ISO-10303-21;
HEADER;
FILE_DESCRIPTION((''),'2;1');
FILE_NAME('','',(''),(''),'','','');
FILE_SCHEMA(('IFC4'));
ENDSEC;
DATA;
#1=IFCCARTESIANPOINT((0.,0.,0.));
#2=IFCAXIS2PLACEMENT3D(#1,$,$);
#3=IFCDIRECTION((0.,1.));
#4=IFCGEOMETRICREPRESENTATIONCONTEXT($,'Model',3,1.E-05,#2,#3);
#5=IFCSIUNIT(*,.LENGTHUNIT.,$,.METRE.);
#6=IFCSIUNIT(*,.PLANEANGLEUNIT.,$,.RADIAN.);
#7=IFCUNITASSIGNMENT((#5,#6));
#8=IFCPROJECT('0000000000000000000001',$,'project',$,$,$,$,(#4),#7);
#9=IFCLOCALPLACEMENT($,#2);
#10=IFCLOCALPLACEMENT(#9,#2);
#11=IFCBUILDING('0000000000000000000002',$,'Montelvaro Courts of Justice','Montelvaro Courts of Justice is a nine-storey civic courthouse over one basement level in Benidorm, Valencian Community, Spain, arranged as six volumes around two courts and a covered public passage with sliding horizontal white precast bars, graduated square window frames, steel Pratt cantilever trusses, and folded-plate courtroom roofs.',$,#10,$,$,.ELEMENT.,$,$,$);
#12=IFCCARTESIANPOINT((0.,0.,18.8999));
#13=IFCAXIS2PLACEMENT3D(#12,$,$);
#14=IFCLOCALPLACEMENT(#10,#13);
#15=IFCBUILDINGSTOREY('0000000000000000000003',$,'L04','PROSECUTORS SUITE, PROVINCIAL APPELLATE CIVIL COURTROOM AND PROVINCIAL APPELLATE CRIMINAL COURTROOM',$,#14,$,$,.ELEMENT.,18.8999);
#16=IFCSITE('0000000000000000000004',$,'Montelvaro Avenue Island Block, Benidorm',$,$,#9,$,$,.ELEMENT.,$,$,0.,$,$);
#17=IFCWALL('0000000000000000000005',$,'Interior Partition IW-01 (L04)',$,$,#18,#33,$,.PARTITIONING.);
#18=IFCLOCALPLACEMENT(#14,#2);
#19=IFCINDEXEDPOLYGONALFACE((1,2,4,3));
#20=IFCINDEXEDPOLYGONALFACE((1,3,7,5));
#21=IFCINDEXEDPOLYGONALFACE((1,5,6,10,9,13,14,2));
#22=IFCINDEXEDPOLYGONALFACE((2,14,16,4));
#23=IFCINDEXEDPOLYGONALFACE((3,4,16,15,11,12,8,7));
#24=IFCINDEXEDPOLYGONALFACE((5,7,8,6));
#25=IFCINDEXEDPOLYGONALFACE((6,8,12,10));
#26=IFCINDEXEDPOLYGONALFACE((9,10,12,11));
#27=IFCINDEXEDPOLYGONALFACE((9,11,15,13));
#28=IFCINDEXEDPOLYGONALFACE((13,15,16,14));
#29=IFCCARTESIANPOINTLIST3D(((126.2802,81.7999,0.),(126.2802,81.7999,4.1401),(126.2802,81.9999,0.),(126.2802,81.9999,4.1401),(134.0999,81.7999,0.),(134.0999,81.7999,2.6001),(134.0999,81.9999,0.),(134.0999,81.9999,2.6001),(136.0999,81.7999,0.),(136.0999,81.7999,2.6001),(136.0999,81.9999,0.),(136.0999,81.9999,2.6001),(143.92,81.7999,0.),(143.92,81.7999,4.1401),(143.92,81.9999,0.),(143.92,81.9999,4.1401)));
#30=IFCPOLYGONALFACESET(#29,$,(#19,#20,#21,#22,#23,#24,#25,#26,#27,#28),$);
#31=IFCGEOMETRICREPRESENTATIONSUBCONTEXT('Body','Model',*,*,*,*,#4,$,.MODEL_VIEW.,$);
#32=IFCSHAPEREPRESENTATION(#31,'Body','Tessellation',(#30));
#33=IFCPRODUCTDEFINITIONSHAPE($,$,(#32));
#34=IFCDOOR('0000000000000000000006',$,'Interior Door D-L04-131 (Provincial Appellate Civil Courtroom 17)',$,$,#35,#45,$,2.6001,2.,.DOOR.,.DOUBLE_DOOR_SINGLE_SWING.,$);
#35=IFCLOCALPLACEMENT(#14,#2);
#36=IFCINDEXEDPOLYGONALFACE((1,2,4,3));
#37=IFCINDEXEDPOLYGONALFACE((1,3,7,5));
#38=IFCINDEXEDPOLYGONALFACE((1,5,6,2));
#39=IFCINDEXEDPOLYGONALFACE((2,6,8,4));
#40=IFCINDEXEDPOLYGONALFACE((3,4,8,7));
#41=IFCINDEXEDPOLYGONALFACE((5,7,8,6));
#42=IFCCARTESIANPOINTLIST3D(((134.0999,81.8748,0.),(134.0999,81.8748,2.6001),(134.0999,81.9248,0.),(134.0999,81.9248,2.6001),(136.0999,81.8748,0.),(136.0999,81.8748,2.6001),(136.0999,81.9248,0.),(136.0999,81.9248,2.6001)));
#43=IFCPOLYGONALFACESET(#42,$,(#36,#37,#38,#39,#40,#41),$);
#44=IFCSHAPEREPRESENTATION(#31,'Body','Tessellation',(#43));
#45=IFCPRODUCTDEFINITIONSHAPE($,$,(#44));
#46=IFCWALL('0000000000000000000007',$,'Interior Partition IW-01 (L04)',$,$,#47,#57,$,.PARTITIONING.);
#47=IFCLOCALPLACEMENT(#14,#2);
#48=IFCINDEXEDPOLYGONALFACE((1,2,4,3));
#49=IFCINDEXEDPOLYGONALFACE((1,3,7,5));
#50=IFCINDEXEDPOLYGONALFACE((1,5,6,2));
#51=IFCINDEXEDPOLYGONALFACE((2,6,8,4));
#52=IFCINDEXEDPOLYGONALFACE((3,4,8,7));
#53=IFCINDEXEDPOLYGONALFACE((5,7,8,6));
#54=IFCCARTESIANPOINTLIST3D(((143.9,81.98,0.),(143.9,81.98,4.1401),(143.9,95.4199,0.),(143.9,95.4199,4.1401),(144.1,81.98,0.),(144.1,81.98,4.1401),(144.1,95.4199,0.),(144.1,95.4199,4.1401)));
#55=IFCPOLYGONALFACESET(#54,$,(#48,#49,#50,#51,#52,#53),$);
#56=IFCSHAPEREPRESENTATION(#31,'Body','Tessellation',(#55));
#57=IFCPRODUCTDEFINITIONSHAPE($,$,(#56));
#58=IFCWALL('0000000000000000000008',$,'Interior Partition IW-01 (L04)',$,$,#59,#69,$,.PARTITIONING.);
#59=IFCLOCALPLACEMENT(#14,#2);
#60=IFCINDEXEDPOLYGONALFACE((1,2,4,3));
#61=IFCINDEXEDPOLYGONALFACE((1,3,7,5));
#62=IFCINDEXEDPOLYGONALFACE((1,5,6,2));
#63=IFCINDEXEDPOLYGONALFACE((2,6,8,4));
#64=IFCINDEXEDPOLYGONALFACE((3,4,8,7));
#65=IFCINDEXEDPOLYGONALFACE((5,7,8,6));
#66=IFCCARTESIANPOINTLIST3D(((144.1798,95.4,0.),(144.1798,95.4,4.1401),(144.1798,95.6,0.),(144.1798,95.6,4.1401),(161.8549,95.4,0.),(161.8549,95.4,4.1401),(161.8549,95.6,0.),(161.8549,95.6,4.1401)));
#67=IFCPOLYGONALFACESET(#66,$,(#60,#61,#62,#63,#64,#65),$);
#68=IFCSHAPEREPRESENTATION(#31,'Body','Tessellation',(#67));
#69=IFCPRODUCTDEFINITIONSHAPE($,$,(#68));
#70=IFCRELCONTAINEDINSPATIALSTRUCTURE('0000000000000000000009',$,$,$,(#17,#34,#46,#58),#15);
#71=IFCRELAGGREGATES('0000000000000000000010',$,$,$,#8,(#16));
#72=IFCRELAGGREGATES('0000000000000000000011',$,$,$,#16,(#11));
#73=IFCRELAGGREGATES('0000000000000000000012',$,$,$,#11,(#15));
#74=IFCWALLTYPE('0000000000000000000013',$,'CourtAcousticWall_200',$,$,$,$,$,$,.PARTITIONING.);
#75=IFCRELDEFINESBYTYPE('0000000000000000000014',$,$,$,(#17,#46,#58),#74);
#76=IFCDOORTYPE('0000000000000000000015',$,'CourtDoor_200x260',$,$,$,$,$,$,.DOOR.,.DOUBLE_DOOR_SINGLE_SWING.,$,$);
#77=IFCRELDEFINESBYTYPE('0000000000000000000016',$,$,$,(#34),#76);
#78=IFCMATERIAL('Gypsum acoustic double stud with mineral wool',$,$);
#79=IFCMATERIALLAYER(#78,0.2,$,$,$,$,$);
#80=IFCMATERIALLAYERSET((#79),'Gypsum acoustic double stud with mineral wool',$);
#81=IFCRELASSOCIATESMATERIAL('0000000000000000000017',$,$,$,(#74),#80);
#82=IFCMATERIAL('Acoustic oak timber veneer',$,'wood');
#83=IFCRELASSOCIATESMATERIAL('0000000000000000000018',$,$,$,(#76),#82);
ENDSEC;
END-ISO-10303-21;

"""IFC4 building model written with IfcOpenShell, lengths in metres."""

from ifc_helpers import new_model, si_unit, direction, frame, frame_2d, origin, place, context, subcontext, project, spatial, rectangle, extrude, material, layer, layer_set, type_object, element, fill, save


model = new_model("IFC4")

# Units and contexts
model_context = context("Model", 3, precision=1e-05, world=origin(), true_north=direction((0.0, 1.0)))
body_context = subcontext(model_context, "Body", "Model", "MODEL_VIEW")
ifc_project = project(units=[si_unit("LENGTHUNIT", "METRE"), si_unit("PLANEANGLEUNIT", "RADIAN")], contexts=[model_context])

# Site, building, storey
site_placement = place(None, origin())
site = spatial("IfcSite", under=ifc_project, at=site_placement, Name="Montelvaro Avenue Island Block, Benidorm", CompositionType="ELEMENT", RefElevation=0.0)
building_placement = place(site_placement, origin())
building = spatial("IfcBuilding", under=site, at=building_placement, Name="Montelvaro Courts of Justice", Description="Montelvaro Courts of Justice is a nine-storey civic courthouse over one basement level in Benidorm, Valencian Community, Spain, arranged as six volumes around two courts and a covered public passage with sliding horizontal white precast bars, graduated square window frames, steel Pratt cantilever trusses, and folded-plate courtroom roofs.", CompositionType="ELEMENT")
storey_placement = place(building_placement, frame((0.0, 0.0, 18.8999)))
storey = spatial("IfcBuildingStorey", under=building, at=storey_placement, Name="L04", Description="PROSECUTORS SUITE, PROVINCIAL APPELLATE CIVIL COURTROOM AND PROVINCIAL APPELLATE CRIMINAL COURTROOM", CompositionType="ELEMENT", Elevation=18.8999)

# Wall, opening, door
ifc_material_1 = material(Name="Gypsum acoustic double stud with mineral wool")
ifc_layer_1 = layer(ifc_material_1, 0.2)
ifc_layer_set_1 = layer_set([ifc_layer_1], Name="Gypsum acoustic double stud with mineral wool")
wall_type = type_object("IfcWallType", Name="CourtAcousticWall_200", PredefinedType="PARTITIONING", material=ifc_layer_set_1)
wall_1_placement = place(storey_placement, frame((143.9199, 81.8999, 0.0), z_axis=(0.0, 0.0, 1.0), x_axis=(-1.0, 0.0, 0.0)))
wall_1 = element("IfcWall", 1, at=wall_1_placement, inside=storey, type_object=wall_type, Name="Interior Partition IW-01 (L04)", PredefinedType="PARTITIONING", context=body_context, shape_type="SweptSolid", body=[
    extrude(rectangle(XDim=17.6399, YDim=0.2, at=frame_2d((8.8198, 0.0))), origin(), (0.0, 0.0, 1.0), 4.1401),
])
opening_placement = place(wall_1_placement, frame((7.8201, 0.0, 0.0)))
opening = element("IfcOpeningElement", 2, at=opening_placement, cuts=wall_1, PredefinedType="OPENING", context=body_context, shape_type="SweptSolid", body=[
    extrude(rectangle(XDim=2.0, YDim=2.6001, at=frame_2d((1.0, 1.3))), frame((0.0, 0.1147, 0.0), z_axis=(0.0, -1.0, 0.0), x_axis=(1.0, 0.0, 0.0)), (0.0, 0.0, 1.0), 0.2297),
])
ifc_material_2 = material(Name="Acoustic oak timber veneer", Category="wood")
door_type = type_object("IfcDoorType", Name="CourtDoor_200x260", OperationType="DOUBLE_DOOR_SINGLE_SWING", PredefinedType="DOOR", material=ifc_material_2)
door_placement = place(opening_placement, frame((2.0, 0.0, 0.0), z_axis=(0.0, 0.0, 1.0), x_axis=(-1.0, 0.0, 0.0)))
door = element("IfcDoor", 3, at=door_placement, inside=storey, type_object=door_type, Name="Interior Door D-L04-131 (Provincial Appellate Civil Courtroom 17)", OperationType="DOUBLE_DOOR_SINGLE_SWING", OverallHeight=2.6001, OverallWidth=2.0, PredefinedType="DOOR", context=body_context, shape_type="SweptSolid", body=[
    extrude(rectangle(XDim=2.0, YDim=2.6001, at=frame_2d((1.0, 1.3))), frame((0.0, 0.0249, 0.0), z_axis=(0.0, -1.0, 0.0), x_axis=(1.0, 0.0, 0.0)), (0.0, 0.0, 1.0), 0.05),
])
fill(opening, door)

# Walls
wall_2_placement = place(storey_placement, frame((144.0, 95.4199, 0.0), z_axis=(0.0, 0.0, 1.0), x_axis=(0.0, -1.0, 0.0)))
element("IfcWall", 4, at=wall_2_placement, inside=storey, type_object=wall_type, Name="Interior Partition IW-01 (L04)", PredefinedType="PARTITIONING", context=body_context, shape_type="SweptSolid", body=[
    extrude(rectangle(XDim=13.4399, YDim=0.2, at=frame_2d((6.72, 0.0))), origin(), (0.0, 0.0, 1.0), 4.1401),
])
wall_3_placement = place(storey_placement, frame((144.1799, 95.5, 0.0), z_axis=(0.0, 0.0, 1.0), x_axis=(1.0, 0.0, 0.0)))
element("IfcWall", 5, at=wall_3_placement, inside=storey, type_object=wall_type, Name="Interior Partition IW-01 (L04)", PredefinedType="PARTITIONING", context=body_context, shape_type="SweptSolid", body=[
    extrude(rectangle(XDim=17.675, YDim=0.2, at=frame_2d((8.8374, 0.0))), origin(), (0.0, 0.0, 1.0), 4.1401),
])

save(model, "model.ifc")
